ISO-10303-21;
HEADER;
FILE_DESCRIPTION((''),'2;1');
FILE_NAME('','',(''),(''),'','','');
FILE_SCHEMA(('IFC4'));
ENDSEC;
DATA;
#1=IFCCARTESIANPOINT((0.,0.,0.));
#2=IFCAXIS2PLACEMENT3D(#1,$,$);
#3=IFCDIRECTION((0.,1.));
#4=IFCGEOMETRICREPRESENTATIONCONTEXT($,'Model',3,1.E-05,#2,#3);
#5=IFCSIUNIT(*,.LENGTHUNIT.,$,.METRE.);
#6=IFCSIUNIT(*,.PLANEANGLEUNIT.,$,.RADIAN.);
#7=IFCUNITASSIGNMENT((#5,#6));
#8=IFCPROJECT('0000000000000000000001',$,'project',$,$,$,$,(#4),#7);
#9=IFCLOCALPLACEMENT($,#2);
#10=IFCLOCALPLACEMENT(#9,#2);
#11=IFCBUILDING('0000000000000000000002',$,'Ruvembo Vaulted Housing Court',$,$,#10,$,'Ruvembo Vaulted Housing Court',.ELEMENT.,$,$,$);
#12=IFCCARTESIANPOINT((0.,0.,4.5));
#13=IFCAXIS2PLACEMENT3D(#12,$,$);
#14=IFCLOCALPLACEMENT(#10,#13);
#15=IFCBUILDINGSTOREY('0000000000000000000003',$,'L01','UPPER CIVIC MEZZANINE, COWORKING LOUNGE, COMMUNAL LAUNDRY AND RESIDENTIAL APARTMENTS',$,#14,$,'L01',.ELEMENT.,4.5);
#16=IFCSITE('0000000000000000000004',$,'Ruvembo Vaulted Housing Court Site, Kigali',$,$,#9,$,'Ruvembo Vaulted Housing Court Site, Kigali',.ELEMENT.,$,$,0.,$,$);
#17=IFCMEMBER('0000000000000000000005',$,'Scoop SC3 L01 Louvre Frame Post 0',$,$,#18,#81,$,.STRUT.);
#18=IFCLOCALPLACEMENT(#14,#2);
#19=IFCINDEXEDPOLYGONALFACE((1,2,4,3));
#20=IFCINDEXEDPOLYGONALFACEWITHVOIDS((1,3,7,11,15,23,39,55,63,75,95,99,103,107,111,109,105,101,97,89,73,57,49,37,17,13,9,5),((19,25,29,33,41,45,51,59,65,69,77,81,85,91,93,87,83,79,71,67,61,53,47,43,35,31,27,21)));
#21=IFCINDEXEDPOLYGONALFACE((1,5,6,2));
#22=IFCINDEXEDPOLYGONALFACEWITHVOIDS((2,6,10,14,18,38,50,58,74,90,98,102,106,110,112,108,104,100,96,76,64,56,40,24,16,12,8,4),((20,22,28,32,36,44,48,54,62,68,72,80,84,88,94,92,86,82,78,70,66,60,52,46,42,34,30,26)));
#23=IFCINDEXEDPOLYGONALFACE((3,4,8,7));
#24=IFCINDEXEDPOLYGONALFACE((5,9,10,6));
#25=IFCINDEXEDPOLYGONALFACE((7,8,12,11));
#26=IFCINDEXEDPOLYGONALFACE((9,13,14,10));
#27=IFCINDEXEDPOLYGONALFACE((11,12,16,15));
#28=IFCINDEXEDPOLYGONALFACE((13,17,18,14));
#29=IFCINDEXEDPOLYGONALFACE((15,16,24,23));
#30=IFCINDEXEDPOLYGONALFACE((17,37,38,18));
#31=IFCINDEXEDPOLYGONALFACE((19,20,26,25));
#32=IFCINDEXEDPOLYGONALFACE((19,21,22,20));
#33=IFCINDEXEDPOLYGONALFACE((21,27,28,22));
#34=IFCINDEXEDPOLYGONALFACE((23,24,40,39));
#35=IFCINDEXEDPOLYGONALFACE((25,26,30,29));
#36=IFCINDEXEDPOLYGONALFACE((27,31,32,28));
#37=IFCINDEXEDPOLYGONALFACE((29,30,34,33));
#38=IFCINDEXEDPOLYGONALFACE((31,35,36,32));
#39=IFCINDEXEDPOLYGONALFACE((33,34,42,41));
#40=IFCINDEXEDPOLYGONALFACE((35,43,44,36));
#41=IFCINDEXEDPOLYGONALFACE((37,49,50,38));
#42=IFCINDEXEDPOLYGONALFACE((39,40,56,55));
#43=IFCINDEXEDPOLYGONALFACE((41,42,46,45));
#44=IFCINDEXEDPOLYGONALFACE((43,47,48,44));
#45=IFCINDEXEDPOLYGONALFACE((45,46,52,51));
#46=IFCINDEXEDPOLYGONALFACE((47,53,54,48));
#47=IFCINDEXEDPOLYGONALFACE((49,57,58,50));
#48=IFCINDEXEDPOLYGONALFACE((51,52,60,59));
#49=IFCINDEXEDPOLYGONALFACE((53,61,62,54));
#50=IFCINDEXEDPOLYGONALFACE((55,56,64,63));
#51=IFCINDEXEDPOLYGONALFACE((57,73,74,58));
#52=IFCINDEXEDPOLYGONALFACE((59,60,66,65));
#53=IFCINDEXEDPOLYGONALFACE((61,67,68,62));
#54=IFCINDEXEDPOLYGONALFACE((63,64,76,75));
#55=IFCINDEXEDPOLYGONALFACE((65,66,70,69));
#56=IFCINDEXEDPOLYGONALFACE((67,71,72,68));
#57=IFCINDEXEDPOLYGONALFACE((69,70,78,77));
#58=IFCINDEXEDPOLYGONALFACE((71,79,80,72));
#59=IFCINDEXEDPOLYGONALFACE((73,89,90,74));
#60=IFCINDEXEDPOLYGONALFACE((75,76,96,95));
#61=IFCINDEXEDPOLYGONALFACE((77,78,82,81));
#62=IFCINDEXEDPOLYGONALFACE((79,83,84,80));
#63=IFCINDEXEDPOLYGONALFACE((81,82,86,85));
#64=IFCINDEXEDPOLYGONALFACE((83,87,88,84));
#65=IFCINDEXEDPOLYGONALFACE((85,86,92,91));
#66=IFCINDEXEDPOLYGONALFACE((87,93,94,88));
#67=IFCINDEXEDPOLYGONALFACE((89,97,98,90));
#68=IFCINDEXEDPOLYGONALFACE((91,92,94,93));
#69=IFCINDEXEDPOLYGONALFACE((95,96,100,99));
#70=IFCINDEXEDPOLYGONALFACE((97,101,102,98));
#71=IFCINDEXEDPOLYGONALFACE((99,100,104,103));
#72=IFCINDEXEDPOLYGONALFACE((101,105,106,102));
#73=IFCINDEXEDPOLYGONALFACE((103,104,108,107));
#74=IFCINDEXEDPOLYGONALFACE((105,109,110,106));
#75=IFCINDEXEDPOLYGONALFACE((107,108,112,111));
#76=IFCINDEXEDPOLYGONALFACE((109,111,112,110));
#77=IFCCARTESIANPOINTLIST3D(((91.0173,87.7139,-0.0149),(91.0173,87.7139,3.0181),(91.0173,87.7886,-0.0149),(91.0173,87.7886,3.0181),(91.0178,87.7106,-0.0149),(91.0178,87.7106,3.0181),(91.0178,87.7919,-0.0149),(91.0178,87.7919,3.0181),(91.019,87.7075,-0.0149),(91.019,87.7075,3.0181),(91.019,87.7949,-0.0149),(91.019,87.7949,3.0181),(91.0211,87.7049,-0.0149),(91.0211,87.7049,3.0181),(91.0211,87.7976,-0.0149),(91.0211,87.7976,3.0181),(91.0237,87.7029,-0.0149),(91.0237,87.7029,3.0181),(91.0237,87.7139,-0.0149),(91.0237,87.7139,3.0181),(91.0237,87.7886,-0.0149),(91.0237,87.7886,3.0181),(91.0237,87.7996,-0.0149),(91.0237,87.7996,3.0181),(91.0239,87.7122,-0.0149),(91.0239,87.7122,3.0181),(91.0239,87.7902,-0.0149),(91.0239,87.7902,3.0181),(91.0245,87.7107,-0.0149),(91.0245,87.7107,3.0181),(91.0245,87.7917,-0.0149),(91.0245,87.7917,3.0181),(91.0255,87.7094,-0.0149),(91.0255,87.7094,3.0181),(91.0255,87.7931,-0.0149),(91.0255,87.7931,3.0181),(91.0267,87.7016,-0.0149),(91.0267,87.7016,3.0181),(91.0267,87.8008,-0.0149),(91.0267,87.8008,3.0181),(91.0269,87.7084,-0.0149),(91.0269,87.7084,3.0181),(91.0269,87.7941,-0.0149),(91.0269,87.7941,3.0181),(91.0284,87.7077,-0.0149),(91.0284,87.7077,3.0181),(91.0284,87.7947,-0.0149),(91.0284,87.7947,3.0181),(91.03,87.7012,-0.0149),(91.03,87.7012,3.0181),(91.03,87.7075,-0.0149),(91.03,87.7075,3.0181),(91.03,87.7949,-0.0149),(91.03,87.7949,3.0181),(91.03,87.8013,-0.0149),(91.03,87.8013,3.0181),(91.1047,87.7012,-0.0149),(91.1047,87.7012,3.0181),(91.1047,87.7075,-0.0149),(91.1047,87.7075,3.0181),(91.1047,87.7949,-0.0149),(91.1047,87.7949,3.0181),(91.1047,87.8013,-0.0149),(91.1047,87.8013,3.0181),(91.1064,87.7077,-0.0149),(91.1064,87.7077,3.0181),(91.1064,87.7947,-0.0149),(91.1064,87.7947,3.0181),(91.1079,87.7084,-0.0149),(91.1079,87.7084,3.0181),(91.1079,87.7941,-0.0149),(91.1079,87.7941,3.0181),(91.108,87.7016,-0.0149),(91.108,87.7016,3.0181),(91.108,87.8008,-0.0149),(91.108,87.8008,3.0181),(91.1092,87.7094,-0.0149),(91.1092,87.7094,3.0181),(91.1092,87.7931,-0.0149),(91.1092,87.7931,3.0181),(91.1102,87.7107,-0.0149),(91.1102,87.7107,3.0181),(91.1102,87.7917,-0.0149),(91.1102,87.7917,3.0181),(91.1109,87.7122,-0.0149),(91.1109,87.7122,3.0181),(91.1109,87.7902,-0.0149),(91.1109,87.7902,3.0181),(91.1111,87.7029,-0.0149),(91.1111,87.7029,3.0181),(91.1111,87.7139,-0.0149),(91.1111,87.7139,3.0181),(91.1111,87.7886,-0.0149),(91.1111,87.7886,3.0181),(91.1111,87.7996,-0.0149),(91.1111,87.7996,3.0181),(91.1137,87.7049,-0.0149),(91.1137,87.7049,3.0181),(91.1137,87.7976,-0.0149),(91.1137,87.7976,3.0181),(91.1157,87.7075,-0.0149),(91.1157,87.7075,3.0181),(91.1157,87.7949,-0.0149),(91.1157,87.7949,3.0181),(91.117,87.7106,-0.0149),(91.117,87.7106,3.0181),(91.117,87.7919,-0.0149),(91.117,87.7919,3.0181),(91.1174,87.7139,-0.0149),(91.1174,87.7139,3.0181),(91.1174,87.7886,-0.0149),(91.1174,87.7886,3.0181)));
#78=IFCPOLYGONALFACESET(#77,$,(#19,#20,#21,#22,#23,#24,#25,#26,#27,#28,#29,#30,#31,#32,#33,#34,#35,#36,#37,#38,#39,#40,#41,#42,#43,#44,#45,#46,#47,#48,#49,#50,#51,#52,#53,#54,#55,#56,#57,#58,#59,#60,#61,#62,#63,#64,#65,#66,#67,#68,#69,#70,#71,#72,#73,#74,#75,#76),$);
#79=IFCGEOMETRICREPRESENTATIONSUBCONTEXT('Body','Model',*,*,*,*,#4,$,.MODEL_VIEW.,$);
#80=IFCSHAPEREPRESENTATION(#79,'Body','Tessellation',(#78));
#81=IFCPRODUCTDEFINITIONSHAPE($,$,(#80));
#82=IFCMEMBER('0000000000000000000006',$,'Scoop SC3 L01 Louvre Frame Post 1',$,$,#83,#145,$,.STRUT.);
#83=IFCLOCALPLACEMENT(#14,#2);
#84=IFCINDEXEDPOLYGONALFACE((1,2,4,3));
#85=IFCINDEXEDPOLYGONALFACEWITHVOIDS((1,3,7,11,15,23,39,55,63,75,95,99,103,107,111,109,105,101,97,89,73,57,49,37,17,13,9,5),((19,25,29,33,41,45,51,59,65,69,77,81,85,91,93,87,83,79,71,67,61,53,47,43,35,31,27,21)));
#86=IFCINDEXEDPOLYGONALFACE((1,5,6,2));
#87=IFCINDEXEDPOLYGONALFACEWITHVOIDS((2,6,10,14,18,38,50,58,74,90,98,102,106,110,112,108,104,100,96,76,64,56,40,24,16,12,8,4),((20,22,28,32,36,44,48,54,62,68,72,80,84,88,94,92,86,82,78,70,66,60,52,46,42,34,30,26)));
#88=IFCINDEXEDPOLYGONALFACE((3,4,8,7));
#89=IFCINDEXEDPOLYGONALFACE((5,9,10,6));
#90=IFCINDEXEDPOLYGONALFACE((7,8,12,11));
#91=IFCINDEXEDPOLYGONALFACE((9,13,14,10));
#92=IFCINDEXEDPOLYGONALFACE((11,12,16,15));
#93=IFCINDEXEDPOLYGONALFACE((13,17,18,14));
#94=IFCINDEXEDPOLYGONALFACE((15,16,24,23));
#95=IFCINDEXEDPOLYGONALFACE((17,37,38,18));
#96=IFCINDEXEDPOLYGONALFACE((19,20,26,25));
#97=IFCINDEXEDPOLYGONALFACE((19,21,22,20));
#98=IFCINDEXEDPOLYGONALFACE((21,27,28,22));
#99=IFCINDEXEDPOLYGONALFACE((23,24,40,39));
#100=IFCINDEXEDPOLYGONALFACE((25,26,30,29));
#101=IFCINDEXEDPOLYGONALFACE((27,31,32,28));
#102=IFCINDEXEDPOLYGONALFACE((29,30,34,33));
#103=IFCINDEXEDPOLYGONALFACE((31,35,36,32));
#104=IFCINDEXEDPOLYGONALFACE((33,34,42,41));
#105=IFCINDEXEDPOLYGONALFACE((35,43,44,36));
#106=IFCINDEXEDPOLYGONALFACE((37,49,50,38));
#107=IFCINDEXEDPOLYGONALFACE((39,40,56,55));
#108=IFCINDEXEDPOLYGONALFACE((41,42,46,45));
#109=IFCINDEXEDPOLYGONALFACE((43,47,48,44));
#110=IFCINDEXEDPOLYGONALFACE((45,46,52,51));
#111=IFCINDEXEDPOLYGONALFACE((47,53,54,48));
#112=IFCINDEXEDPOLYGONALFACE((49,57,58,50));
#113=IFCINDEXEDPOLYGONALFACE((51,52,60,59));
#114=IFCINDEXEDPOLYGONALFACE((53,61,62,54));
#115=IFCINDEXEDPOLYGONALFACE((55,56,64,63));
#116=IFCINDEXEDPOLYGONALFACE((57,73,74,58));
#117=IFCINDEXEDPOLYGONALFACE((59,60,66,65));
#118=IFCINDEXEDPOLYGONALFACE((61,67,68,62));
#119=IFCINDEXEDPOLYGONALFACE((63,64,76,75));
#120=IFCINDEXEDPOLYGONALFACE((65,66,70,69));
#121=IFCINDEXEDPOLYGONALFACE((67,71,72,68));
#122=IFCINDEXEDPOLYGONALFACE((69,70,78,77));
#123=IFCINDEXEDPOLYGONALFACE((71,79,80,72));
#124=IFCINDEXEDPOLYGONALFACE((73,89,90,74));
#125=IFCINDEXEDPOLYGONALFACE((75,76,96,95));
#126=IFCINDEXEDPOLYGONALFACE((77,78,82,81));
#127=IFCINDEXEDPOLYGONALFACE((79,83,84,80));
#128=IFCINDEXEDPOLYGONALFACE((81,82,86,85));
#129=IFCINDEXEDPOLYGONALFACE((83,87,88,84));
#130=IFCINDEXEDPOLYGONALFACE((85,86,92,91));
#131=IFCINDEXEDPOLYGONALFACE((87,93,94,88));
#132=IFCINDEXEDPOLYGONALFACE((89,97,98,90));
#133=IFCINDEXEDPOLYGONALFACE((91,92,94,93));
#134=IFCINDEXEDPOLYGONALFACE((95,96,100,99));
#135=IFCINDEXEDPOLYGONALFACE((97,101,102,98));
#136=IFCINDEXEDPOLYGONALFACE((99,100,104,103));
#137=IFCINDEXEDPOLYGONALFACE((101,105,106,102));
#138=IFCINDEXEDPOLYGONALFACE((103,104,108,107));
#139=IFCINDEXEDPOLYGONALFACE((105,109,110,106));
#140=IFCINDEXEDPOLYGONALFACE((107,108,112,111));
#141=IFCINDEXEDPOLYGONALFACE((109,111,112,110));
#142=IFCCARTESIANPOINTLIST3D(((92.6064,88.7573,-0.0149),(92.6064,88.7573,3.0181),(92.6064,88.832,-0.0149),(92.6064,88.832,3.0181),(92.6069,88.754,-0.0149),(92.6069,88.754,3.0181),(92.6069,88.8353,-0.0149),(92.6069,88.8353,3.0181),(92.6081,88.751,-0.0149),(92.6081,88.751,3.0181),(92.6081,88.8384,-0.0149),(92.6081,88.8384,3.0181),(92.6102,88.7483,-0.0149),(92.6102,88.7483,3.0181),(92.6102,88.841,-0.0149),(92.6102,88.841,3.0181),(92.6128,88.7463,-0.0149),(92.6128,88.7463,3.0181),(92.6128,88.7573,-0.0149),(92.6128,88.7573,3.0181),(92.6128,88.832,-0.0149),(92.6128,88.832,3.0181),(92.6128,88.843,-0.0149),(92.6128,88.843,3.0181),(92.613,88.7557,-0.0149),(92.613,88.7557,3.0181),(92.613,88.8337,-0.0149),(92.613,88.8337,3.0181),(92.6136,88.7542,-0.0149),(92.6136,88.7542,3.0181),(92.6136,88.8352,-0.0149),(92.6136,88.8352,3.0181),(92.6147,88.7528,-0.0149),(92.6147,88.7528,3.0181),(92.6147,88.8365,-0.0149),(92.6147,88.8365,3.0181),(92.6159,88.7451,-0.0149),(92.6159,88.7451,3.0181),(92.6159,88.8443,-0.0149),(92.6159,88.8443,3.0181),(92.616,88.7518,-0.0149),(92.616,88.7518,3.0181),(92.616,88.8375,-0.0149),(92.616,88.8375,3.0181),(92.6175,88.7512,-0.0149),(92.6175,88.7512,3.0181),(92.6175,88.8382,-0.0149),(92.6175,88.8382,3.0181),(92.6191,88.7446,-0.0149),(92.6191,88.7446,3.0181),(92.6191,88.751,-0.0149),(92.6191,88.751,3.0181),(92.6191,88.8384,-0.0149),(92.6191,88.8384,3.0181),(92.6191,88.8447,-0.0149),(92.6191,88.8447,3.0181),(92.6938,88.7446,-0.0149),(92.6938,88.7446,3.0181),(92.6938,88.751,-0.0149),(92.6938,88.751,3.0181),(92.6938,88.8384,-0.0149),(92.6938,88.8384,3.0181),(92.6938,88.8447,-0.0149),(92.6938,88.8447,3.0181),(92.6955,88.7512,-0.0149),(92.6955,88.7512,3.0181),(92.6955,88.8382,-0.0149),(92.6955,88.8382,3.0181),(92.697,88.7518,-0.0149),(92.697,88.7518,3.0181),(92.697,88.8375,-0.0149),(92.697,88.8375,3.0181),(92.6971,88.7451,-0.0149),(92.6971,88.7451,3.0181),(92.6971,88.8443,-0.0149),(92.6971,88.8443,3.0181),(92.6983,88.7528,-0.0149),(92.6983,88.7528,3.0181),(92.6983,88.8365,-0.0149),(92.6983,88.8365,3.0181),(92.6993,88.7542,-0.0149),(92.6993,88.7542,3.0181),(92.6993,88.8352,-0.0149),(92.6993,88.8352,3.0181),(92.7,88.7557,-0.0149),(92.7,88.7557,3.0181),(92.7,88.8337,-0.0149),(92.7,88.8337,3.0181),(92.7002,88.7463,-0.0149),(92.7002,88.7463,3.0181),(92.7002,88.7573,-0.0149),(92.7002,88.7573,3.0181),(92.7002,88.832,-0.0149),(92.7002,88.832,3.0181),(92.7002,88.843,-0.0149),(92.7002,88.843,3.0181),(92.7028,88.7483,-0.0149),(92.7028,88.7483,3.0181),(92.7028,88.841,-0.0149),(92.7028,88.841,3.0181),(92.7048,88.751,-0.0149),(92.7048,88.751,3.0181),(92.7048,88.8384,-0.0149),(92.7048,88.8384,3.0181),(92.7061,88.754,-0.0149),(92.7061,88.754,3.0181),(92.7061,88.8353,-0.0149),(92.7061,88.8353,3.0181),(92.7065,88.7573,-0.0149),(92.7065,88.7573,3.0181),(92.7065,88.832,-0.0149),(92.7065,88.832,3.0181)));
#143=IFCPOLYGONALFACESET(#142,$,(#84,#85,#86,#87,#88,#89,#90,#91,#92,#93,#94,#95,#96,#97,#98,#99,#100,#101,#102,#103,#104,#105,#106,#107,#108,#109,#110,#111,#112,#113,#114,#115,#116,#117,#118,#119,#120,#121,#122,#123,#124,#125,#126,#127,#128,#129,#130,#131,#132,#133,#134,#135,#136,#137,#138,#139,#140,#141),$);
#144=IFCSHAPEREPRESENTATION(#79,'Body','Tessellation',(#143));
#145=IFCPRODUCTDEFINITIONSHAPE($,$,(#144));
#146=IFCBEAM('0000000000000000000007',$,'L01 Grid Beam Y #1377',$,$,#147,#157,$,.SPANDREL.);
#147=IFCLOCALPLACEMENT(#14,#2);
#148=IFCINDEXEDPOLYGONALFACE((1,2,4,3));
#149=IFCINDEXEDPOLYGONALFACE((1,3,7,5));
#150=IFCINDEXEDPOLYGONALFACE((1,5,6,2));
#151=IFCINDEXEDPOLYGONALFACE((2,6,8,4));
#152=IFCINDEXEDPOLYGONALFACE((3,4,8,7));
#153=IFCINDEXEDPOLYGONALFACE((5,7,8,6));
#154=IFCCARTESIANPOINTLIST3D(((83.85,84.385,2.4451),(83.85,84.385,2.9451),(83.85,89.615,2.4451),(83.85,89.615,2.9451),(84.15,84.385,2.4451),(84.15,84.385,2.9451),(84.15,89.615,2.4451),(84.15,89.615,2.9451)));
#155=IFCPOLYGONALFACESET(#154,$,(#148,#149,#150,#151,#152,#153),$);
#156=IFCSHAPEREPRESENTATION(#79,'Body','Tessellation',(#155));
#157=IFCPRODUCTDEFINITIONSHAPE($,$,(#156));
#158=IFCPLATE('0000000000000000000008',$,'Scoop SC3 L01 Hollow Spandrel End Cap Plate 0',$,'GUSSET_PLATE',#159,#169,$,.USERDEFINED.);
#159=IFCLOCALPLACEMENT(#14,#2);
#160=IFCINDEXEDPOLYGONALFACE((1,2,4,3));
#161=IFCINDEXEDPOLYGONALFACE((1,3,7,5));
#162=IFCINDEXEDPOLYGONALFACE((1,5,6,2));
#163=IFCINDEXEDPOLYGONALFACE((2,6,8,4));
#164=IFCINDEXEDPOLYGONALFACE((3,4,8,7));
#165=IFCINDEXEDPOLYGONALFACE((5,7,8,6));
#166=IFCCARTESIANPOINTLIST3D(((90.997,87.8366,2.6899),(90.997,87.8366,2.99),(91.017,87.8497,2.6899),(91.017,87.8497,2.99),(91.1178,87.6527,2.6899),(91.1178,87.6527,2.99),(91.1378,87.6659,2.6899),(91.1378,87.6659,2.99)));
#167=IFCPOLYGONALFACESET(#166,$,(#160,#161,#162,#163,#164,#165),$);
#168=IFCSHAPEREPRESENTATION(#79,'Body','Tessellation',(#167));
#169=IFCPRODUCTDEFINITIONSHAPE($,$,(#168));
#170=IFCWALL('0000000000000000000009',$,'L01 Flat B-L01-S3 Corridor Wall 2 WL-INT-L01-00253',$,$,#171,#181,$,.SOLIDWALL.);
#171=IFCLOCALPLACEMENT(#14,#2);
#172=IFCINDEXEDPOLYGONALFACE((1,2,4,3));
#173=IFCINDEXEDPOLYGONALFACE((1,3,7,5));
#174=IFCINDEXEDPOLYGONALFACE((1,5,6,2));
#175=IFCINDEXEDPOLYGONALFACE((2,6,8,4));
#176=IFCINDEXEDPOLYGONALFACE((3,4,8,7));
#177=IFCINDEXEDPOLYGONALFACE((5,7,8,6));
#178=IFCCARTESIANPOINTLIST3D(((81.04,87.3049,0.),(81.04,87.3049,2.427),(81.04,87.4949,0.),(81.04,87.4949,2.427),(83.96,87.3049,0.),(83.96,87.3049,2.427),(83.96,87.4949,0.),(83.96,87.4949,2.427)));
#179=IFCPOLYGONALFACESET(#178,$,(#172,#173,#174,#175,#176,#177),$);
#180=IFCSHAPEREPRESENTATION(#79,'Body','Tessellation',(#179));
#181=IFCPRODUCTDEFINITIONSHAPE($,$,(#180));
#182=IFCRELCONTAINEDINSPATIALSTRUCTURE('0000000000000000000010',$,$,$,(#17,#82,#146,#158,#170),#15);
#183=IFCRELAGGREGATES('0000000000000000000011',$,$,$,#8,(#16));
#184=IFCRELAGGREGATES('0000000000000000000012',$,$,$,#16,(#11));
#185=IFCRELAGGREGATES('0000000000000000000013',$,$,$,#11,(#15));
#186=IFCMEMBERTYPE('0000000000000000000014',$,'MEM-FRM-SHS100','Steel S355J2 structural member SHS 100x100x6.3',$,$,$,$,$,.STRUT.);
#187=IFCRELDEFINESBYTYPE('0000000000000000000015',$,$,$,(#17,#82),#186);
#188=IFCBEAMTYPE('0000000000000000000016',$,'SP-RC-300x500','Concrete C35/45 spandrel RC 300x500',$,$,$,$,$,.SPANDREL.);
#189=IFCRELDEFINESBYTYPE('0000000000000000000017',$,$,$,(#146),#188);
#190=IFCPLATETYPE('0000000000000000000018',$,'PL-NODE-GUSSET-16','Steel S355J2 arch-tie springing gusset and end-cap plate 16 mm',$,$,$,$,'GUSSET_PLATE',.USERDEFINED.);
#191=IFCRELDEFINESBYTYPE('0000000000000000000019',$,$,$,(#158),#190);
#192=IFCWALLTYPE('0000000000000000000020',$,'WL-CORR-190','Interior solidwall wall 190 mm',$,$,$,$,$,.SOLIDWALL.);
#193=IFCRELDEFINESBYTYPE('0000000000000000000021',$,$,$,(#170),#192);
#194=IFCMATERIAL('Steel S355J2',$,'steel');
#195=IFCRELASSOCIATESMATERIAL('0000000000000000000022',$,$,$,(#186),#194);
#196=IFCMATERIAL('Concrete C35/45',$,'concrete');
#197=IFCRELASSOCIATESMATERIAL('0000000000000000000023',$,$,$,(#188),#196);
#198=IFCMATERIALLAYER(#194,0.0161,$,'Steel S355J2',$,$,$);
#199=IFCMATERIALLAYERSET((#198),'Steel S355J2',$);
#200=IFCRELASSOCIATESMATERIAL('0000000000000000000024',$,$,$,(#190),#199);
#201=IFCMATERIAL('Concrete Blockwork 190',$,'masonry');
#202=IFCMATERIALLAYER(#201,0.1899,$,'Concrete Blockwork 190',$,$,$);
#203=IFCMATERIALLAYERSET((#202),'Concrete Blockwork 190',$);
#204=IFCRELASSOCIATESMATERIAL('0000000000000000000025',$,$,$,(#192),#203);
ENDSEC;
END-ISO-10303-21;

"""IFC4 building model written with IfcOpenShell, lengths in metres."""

from ifc_helpers import new_model, si_unit, direction, frame, frame_2d, origin, origin_2d, place, context, subcontext, project, spatial, rectangle, hollow_rectangle, extrude, material, layer, layer_set, material_profile, profile_set, type_object, element, save


model = new_model("IFC4")

# Units and contexts
model_context = context("Model", 3, precision=1e-05, world=origin(), true_north=direction((0.0, 1.0)))
body_context = subcontext(model_context, "Body", "Model", "MODEL_VIEW")
ifc_project = project(units=[si_unit("LENGTHUNIT", "METRE"), si_unit("PLANEANGLEUNIT", "RADIAN")], contexts=[model_context])

# Site, building, storey
site_placement = place(None, origin())
site = spatial("IfcSite", under=ifc_project, at=site_placement, Name="Ruvembo Vaulted Housing Court Site, Kigali", LongName="Ruvembo Vaulted Housing Court Site, Kigali", CompositionType="ELEMENT", RefElevation=0.0)
building_placement = place(site_placement, origin())
building = spatial("IfcBuilding", under=site, at=building_placement, Name="Ruvembo Vaulted Housing Court", LongName="Ruvembo Vaulted Housing Court", CompositionType="ELEMENT")
storey_placement = place(building_placement, frame((0.0, 0.0, 4.5)))
storey = spatial("IfcBuildingStorey", under=building, at=storey_placement, Name="L01", Description="UPPER CIVIC MEZZANINE, COWORKING LOUNGE, COMMUNAL LAUNDRY AND RESIDENTIAL APARTMENTS", LongName="L01", CompositionType="ELEMENT", Elevation=4.5)

# Shared definitions
ifc_material_1 = material(Name="Steel S355J2", Category="steel")

# Members
ifc_material_profile_1 = material_profile(ifc_material_1, hollow_rectangle(XDim=0.1001, YDim=0.1001, WallThickness=0.0063, InnerFilletRadius=0.0063, OuterFilletRadius=0.0127, at=origin_2d()), Name="SHS 100x100x6.3")
ifc_profile_set_1 = profile_set([ifc_material_profile_1], Name="Steel S355J2")
member_type_1 = type_object("IfcMemberType", Name="MEM-FRM-SHS100", Description="Steel S355J2 structural member SHS 100x100x6.3", PredefinedType="STRUT", material=ifc_profile_set_1)
for number, where, z_axis, x_axis, name in (
    (1, (91.0674, 87.7512, -0.0149), (0.0, 0.0, 1.0), (1.0, 0.0, 0.0), "Scoop SC3 L01 Louvre Frame Post 0"),
    (2, (92.6565, 88.7947, -0.0149), (0.0, 0.0, 1.0), (1.0, 0.0, 0.0), "Scoop SC3 L01 Louvre Frame Post 1"),
):
    element("IfcMember", number, at=place(storey_placement, frame(where, z_axis=z_axis, x_axis=x_axis)), inside=storey, type_object=member_type_1, Name=name, PredefinedType="STRUT", context=body_context, shape_type="SweptSolid", body=[
        extrude(hollow_rectangle(XDim=0.1001, YDim=0.1001, WallThickness=0.0063, InnerFilletRadius=0.0063, OuterFilletRadius=0.0127, at=origin_2d()), origin(), (0.0, 0.0, 1.0), 3.033),
    ])

# Beam
ifc_material_2 = material(Name="Concrete C35/45", Category="concrete")
ifc_material_profile_2 = material_profile(ifc_material_2, rectangle(XDim=0.3, YDim=0.5, at=origin_2d()), Name="RC 300x500")
ifc_profile_set_2 = profile_set([ifc_material_profile_2], Name="Concrete C35/45")
beam_type_1 = type_object("IfcBeamType", Name="SP-RC-300x500", Description="Concrete C35/45 spandrel RC 300x500", PredefinedType="SPANDREL", material=ifc_profile_set_2)
beam_placement = place(storey_placement, frame((84.0, 84.385, 2.6951), z_axis=(0.0, 1.0, 0.0), x_axis=(-1.0, 0.0, 0.0)))
element("IfcBeam", 3, at=beam_placement, inside=storey, type_object=beam_type_1, Name="L01 Grid Beam Y #1377", PredefinedType="SPANDREL", context=body_context, shape_type="SweptSolid", body=[
    extrude(rectangle(XDim=0.3, YDim=0.5, at=origin_2d()), origin(), (0.0, 0.0, 1.0), 5.23),
])

# Plate
ifc_layer_1 = layer(ifc_material_1, 0.0161, Name="Steel S355J2")
ifc_layer_set_1 = layer_set([ifc_layer_1], Name="Steel S355J2")
plate_type = type_object("IfcPlateType", Name="PL-NODE-GUSSET-16", Description="Steel S355J2 arch-tie springing gusset and end-cap plate 16 mm", ElementType="GUSSET_PLATE", PredefinedType="USERDEFINED", material=ifc_layer_set_1)
plate_placement = place(storey_placement, frame((91.0674, 87.7512, 2.6899), z_axis=(0.0, 0.0, 1.0), x_axis=(0.835846, 0.548964, 0.0)))
element("IfcPlate", 4, at=plate_placement, inside=storey, type_object=plate_type, Name="Scoop SC3 L01 Hollow Spandrel End Cap Plate 0", ObjectType="GUSSET_PLATE", PredefinedType="USERDEFINED", context=body_context, shape_type="SweptSolid", body=[
    extrude(rectangle(XDim=0.0239, YDim=0.22, at=origin_2d()), origin(), (0.0, 0.0, 1.0), 0.3),
])

# Wall
ifc_material_3 = material(Name="Concrete Blockwork 190", Category="masonry")
ifc_layer_2 = layer(ifc_material_3, 0.1899, Name="Concrete Blockwork 190")
ifc_layer_set_2 = layer_set([ifc_layer_2], Name="Concrete Blockwork 190")
wall_type_1 = type_object("IfcWallType", Name="WL-CORR-190", Description="Interior solidwall wall 190 mm", PredefinedType="SOLIDWALL", material=ifc_layer_set_2)
wall_1_placement = place(storey_placement, frame((81.04, 87.3999, 0.0), z_axis=(0.0, 0.0, 1.0), x_axis=(1.0, 0.0, 0.0)))
element("IfcWall", 5, at=wall_1_placement, inside=storey, type_object=wall_type_1, Name="L01 Flat B-L01-S3 Corridor Wall 2 WL-INT-L01-00253", PredefinedType="SOLIDWALL", context=body_context, shape_type="SweptSolid", body=[
    extrude(rectangle(XDim=2.9199, YDim=0.1899, at=frame_2d((1.46, 0.0))), origin(), (0.0, 0.0, 1.0), 2.427),
])

save(model, "model.ifc")
